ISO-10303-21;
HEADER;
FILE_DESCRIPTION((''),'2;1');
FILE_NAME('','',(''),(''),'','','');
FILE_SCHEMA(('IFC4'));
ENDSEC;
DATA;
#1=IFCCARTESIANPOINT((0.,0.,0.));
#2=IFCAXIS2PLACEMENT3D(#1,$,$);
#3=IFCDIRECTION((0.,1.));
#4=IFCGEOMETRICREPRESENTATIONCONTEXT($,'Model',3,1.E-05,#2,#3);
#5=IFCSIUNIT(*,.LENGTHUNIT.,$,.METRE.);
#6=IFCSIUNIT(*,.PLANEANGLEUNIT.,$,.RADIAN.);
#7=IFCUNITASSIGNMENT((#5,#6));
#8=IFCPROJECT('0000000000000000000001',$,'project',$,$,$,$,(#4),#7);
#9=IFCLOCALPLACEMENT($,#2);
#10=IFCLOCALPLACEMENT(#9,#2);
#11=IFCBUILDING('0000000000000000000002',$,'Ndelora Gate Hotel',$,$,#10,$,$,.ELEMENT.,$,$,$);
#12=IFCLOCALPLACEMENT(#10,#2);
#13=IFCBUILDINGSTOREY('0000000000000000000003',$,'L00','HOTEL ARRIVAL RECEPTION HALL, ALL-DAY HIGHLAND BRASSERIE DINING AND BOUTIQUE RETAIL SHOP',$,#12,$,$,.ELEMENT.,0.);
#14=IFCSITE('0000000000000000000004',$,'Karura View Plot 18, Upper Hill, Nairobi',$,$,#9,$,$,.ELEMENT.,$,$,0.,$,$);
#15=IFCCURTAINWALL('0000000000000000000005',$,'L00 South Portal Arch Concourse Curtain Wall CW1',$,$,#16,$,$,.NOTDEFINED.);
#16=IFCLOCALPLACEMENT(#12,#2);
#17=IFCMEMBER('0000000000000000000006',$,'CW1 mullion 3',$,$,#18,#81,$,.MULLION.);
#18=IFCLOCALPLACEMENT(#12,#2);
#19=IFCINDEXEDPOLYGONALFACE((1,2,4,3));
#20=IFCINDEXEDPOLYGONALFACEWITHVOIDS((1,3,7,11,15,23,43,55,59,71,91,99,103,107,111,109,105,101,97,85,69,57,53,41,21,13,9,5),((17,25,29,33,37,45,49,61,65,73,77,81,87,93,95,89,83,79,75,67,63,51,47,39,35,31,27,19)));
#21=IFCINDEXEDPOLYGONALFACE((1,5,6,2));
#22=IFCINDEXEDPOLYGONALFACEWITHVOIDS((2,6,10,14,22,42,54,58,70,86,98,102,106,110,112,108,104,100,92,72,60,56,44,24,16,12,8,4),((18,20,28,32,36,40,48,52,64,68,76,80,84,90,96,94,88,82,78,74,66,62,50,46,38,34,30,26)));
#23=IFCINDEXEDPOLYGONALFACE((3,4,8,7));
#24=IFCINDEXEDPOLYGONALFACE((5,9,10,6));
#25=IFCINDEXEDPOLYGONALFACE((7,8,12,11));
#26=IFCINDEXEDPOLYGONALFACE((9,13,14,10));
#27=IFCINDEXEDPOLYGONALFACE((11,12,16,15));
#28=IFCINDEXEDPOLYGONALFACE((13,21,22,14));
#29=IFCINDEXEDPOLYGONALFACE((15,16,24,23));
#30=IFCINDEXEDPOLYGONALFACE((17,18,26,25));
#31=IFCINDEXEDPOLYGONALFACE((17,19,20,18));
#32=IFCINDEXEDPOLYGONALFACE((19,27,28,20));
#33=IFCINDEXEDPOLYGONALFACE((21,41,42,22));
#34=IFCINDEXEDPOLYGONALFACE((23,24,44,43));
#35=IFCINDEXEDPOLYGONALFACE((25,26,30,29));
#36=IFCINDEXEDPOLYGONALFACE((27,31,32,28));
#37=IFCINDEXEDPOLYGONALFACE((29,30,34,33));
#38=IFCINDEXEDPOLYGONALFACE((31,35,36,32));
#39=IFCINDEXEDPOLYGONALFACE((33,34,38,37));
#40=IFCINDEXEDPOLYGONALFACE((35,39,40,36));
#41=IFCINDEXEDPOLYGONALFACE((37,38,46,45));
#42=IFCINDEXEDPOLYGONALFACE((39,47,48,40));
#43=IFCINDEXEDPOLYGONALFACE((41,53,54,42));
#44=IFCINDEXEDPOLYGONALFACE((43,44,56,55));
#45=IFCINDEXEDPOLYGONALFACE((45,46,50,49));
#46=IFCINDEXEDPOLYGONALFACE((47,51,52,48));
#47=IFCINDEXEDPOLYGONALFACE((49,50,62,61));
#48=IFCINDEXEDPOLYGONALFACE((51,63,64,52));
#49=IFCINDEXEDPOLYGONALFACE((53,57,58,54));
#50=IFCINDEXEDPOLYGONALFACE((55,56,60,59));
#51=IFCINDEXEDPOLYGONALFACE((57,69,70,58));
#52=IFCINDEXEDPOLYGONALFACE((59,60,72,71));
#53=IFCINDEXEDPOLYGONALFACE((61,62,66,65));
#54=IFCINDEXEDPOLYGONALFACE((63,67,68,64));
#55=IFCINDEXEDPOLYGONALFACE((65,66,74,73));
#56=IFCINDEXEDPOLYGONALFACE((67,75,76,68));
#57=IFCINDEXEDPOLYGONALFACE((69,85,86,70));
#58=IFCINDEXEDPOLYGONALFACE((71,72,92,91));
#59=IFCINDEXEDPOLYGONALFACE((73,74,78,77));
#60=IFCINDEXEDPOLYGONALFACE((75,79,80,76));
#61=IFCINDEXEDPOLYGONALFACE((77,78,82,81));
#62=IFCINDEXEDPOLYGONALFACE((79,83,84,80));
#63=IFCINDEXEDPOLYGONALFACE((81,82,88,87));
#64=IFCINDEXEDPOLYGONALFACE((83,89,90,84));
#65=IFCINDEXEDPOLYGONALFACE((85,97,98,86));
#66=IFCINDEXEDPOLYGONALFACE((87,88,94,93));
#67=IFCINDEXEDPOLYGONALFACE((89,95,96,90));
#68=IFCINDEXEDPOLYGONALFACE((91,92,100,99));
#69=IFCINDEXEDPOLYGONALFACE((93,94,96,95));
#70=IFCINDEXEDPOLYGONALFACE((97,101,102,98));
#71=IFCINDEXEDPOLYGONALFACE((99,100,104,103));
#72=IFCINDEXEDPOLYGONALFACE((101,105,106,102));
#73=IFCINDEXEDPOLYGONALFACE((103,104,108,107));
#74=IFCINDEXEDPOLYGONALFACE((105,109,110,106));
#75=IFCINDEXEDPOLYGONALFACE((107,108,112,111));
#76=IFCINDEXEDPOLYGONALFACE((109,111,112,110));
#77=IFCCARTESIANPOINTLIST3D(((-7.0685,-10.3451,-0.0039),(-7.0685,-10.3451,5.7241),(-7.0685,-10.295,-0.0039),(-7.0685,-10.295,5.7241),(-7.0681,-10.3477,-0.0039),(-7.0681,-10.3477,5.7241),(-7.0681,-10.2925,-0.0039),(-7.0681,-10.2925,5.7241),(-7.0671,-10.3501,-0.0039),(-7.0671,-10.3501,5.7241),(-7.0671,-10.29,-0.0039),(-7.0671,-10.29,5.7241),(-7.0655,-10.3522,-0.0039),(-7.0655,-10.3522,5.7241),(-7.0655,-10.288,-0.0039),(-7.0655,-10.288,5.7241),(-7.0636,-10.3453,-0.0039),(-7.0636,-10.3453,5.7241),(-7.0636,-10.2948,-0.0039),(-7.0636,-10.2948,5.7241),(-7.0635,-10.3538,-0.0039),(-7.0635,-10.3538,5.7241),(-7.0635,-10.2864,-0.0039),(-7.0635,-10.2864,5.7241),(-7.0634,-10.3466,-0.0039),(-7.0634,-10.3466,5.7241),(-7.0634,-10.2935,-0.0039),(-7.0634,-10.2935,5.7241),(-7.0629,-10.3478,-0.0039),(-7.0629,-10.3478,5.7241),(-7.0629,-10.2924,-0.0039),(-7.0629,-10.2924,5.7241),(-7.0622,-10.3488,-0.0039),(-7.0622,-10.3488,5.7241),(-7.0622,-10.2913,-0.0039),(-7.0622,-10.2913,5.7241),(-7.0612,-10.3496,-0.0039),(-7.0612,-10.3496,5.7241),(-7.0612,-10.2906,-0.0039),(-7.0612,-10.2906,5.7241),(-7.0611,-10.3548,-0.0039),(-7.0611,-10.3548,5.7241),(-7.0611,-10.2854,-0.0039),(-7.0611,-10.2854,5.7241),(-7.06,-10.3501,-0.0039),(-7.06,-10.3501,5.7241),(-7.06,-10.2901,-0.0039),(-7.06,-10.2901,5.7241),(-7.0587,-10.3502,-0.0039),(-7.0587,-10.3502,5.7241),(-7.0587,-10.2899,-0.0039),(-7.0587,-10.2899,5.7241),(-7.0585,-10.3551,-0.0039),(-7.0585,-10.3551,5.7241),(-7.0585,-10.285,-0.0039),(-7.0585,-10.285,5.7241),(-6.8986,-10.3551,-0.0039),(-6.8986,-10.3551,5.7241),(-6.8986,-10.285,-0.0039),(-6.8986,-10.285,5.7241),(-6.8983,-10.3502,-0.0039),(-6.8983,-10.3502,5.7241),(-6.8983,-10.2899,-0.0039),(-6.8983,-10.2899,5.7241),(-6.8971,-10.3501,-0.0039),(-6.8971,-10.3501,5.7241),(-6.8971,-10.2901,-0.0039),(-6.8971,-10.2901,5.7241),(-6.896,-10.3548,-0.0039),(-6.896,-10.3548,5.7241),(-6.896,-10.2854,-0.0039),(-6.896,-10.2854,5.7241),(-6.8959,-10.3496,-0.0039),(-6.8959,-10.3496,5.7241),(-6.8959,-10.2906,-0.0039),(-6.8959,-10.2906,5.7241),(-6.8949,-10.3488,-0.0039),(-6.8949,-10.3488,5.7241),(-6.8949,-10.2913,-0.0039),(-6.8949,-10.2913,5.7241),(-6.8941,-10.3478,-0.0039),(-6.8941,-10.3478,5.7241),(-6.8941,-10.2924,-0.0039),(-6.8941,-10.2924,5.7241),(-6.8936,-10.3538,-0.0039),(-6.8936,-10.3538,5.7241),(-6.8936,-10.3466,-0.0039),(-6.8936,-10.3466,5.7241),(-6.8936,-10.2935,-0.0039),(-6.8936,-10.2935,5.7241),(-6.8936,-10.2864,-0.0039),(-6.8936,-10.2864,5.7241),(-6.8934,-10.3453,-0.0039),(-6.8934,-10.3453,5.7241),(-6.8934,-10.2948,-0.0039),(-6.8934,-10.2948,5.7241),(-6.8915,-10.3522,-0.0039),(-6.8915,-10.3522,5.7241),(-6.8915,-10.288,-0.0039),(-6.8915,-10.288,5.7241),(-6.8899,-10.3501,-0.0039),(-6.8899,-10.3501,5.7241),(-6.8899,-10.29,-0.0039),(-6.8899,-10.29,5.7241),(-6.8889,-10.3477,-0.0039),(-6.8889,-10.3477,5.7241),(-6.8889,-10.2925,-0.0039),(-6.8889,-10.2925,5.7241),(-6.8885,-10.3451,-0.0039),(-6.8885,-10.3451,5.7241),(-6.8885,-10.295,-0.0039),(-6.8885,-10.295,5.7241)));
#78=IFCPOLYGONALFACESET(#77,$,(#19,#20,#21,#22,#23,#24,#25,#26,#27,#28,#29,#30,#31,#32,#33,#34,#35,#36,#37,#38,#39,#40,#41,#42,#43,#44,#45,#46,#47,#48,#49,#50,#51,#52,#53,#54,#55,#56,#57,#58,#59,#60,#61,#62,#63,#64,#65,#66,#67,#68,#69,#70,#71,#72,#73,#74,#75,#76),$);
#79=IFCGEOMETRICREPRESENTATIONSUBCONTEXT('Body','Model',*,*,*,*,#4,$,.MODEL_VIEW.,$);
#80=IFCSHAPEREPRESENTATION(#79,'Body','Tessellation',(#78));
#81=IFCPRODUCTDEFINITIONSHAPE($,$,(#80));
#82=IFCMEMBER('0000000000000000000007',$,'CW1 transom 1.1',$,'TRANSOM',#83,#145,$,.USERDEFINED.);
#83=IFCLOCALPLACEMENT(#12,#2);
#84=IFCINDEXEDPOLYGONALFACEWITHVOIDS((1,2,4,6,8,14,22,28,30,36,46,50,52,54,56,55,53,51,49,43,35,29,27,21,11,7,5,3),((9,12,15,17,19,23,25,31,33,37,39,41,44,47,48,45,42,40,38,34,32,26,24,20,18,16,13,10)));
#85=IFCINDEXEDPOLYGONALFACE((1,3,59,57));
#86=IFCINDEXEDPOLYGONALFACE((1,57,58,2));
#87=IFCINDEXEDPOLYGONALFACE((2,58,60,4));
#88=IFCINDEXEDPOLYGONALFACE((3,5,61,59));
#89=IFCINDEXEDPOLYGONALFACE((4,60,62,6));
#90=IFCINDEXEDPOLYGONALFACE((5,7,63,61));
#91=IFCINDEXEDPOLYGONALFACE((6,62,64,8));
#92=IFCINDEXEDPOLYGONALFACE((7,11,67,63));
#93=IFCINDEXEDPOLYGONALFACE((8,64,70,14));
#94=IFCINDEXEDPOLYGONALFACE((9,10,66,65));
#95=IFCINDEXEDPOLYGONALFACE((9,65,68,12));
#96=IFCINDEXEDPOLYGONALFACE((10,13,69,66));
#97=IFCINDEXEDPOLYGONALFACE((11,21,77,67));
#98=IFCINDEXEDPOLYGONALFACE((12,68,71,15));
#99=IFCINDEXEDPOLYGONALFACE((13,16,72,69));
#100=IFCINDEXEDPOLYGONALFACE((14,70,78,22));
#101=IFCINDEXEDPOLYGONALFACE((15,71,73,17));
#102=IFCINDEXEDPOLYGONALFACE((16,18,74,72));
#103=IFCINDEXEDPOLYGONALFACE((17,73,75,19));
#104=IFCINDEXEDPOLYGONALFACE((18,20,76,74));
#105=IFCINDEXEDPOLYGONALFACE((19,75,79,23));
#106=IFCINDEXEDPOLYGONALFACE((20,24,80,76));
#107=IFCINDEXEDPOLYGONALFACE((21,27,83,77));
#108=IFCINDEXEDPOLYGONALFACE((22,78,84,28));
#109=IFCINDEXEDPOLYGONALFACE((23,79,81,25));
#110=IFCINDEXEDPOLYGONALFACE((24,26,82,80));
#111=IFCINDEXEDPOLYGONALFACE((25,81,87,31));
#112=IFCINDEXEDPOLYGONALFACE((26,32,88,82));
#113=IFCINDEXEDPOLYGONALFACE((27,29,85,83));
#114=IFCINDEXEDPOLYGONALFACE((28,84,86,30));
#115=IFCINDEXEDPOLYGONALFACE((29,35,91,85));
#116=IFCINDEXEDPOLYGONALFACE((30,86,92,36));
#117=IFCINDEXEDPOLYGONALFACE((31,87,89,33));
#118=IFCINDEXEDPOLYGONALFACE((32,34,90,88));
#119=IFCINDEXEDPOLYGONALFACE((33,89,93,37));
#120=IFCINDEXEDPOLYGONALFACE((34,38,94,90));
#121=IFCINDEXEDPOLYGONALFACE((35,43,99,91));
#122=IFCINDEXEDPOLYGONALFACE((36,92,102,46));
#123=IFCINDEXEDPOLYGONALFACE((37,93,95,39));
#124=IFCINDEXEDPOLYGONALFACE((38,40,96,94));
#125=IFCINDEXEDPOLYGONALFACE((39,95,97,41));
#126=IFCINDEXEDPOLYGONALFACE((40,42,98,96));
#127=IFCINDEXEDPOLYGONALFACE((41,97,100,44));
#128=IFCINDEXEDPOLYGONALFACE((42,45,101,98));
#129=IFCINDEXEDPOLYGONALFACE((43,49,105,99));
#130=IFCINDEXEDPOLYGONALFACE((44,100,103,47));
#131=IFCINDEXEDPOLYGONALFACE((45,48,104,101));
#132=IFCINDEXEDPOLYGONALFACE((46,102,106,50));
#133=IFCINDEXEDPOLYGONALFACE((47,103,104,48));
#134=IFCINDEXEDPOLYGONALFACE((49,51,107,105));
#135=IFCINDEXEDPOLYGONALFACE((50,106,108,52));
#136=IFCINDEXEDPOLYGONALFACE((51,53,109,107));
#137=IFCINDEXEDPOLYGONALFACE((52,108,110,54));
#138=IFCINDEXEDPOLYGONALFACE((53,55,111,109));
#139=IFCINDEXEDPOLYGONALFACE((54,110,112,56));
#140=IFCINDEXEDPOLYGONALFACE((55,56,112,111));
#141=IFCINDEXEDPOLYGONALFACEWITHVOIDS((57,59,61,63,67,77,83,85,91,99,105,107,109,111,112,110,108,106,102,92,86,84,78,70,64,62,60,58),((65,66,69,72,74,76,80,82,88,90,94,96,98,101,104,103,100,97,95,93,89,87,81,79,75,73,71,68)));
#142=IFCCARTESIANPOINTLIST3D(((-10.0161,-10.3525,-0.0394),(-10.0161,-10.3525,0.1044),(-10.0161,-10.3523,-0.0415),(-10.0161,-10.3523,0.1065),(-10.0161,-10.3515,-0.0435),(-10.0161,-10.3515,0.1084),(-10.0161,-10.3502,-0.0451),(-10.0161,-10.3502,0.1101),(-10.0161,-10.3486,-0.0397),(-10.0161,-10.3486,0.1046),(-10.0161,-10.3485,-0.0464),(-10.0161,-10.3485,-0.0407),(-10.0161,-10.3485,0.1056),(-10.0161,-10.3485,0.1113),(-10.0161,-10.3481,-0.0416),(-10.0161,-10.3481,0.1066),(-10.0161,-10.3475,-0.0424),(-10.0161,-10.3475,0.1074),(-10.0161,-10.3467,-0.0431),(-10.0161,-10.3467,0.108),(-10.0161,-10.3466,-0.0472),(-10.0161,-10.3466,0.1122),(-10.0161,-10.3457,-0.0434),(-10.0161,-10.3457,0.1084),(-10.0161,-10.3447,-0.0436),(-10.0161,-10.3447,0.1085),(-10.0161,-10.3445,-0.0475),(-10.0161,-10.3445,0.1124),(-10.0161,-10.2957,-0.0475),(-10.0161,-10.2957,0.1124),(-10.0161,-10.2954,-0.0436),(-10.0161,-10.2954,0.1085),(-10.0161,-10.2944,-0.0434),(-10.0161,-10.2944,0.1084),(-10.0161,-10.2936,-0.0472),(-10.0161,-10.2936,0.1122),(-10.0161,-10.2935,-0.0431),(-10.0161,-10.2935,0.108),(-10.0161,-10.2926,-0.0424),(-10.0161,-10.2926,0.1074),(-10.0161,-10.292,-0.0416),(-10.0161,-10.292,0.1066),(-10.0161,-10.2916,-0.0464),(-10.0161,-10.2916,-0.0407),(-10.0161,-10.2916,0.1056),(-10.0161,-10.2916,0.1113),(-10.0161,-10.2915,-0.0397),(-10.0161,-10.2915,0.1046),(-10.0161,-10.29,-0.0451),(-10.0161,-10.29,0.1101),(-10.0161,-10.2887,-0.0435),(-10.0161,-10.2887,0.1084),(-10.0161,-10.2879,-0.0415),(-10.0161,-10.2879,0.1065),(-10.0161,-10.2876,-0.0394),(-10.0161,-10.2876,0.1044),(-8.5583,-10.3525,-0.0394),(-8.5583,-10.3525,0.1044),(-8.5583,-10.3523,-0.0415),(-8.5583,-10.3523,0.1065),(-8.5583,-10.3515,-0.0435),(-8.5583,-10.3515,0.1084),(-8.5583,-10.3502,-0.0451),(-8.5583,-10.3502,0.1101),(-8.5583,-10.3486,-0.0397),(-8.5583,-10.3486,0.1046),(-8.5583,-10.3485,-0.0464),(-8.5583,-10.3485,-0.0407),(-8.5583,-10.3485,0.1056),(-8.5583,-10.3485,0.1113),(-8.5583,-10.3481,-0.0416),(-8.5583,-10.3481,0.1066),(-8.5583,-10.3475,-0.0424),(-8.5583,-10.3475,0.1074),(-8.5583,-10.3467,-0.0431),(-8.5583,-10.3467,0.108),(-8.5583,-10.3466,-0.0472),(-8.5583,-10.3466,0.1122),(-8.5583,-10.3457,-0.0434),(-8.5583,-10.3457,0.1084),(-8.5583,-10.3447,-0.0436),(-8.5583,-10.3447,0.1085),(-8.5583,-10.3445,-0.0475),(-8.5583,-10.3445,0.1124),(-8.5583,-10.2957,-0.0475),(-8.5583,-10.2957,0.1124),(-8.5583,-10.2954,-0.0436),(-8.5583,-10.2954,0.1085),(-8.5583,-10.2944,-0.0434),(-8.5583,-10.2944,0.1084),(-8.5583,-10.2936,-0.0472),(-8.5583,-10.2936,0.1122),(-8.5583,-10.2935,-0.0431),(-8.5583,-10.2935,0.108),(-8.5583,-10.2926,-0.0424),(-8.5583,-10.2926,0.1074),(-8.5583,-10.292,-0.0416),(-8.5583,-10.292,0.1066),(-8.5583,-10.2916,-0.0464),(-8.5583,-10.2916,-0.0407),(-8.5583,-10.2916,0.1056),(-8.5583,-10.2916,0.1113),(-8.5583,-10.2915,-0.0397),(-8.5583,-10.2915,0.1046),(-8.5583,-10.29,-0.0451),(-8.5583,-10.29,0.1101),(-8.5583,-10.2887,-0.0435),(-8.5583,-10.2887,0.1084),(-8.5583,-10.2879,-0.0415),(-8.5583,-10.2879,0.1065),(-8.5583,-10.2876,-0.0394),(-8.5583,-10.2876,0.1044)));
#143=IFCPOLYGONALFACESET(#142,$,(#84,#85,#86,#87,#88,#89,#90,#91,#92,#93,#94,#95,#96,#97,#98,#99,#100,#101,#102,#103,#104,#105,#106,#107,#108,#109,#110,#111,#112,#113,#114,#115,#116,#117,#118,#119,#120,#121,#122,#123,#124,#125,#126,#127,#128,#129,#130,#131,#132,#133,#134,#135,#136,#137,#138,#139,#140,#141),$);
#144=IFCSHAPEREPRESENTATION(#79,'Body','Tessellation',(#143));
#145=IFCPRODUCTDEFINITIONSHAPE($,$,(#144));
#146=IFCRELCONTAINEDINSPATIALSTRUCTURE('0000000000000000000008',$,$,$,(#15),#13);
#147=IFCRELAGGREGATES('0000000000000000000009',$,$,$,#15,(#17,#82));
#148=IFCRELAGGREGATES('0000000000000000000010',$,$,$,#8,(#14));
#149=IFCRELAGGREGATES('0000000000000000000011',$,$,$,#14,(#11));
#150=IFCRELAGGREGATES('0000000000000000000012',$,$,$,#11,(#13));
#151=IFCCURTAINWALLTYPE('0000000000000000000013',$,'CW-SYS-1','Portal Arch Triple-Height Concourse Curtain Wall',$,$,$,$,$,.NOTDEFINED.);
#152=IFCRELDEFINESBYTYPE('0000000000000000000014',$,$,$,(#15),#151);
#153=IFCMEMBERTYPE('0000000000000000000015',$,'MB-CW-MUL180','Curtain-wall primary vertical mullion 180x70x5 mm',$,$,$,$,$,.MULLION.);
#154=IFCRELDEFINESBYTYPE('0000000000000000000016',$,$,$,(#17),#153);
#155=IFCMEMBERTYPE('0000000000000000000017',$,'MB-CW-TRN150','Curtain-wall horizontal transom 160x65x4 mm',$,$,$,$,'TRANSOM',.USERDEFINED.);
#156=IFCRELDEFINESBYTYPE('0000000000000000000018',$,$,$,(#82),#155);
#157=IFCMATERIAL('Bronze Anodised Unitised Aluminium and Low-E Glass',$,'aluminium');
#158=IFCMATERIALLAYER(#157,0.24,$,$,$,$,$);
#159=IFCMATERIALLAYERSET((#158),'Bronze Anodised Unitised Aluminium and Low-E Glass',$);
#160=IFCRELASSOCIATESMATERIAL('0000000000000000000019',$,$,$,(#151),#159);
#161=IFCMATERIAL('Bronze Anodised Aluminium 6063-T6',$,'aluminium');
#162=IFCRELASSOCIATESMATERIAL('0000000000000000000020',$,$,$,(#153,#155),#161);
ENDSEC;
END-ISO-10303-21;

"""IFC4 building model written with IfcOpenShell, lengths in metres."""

from ifc_helpers import new_model, si_unit, direction, frame, origin, origin_2d, place, context, subcontext, project, spatial, hollow_rectangle, extrude, material, layer, layer_set, material_profile, profile_set, type_object, element, aggregate, save


model = new_model("IFC4")

# Units and contexts
model_context = context("Model", 3, precision=1e-05, world=origin(), true_north=direction((0.0, 1.0)))
body_context = subcontext(model_context, "Body", "Model", "MODEL_VIEW")
ifc_project = project(units=[si_unit("LENGTHUNIT", "METRE"), si_unit("PLANEANGLEUNIT", "RADIAN")], contexts=[model_context])

# Site, building, storey
site_placement = place(None, origin())
site = spatial("IfcSite", under=ifc_project, at=site_placement, Name="Karura View Plot 18, Upper Hill, Nairobi", CompositionType="ELEMENT", RefElevation=0.0)
building_placement = place(site_placement, origin())
building = spatial("IfcBuilding", under=site, at=building_placement, Name="Ndelora Gate Hotel", CompositionType="ELEMENT")
storey_placement = place(building_placement, origin())
storey = spatial("IfcBuildingStorey", under=building, at=storey_placement, Name="L00", Description="HOTEL ARRIVAL RECEPTION HALL, ALL-DAY HIGHLAND BRASSERIE DINING AND BOUTIQUE RETAIL SHOP", CompositionType="ELEMENT", Elevation=0.0)

# Curtain wall, members
ifc_material_1 = material(Name="Bronze Anodised Unitised Aluminium and Low-E Glass", Category="aluminium")
ifc_layer_1 = layer(ifc_material_1, 0.24)
ifc_layer_set_1 = layer_set([ifc_layer_1], Name="Bronze Anodised Unitised Aluminium and Low-E Glass")
curtain_wall_type = type_object("IfcCurtainWallType", Name="CW-SYS-1", Description="Portal Arch Triple-Height Concourse Curtain Wall", PredefinedType="NOTDEFINED", material=ifc_layer_set_1)
curtain_wall_placement = place(storey_placement, origin())
curtain_wall = element("IfcCurtainWall", 1, at=curtain_wall_placement, inside=storey, type_object=curtain_wall_type, Name="L00 South Portal Arch Concourse Curtain Wall CW1", PredefinedType="NOTDEFINED")
ifc_material_2 = material(Name="Bronze Anodised Aluminium 6063-T6", Category="aluminium")
ifc_material_profile_1 = material_profile(ifc_material_2, hollow_rectangle(XDim=0.0701, YDim=0.1799, WallThickness=0.0049, InnerFilletRadius=0.0049, OuterFilletRadius=0.01, at=origin_2d()), Name="ALU 180x70x5")
ifc_profile_set_1 = profile_set([ifc_material_profile_1], Name="Bronze Anodised Aluminium 6063-T6")
member_type_1 = type_object("IfcMemberType", Name="MB-CW-MUL180", Description="Curtain-wall primary vertical mullion 180x70x5 mm", PredefinedType="MULLION", material=ifc_profile_set_1)
member_1_placement = place(storey_placement, frame((-6.9785, -10.3201, -0.0039), z_axis=(0.0, 0.0, 1.0), x_axis=(0.0, 1.0, 0.0)))
member_1 = element("IfcMember", 2, at=member_1_placement, type_object=member_type_1, Name="CW1 mullion 3", PredefinedType="MULLION", context=body_context, shape_type="SweptSolid", body=[
    extrude(hollow_rectangle(XDim=0.0701, YDim=0.1799, WallThickness=0.0049, InnerFilletRadius=0.0049, OuterFilletRadius=0.01, at=origin_2d()), origin(), (0.0, 0.0, 1.0), 5.728),
])
ifc_material_profile_2 = material_profile(ifc_material_2, hollow_rectangle(XDim=0.0649, YDim=0.1599, WallThickness=0.0039, InnerFilletRadius=0.0039, OuterFilletRadius=0.0081, at=origin_2d()), Name="ALU 160x65x4")
ifc_profile_set_2 = profile_set([ifc_material_profile_2], Name="Bronze Anodised Aluminium 6063-T6")
member_type_2 = type_object("IfcMemberType", Name="MB-CW-TRN150", Description="Curtain-wall horizontal transom 160x65x4 mm", ElementType="TRANSOM", PredefinedType="USERDEFINED", material=ifc_profile_set_2)
member_2_placement = place(storey_placement, frame((-10.0161, -10.3201, 0.0325), z_axis=(1.0, 0.0, 0.0), x_axis=(0.0, 1.0, 0.0)))
member_2 = element("IfcMember", 3, at=member_2_placement, type_object=member_type_2, Name="CW1 transom 1.1", ObjectType="TRANSOM", PredefinedType="USERDEFINED", context=body_context, shape_type="SweptSolid", body=[
    extrude(hollow_rectangle(XDim=0.0649, YDim=0.1599, WallThickness=0.0039, InnerFilletRadius=0.0039, OuterFilletRadius=0.0081, at=origin_2d()), origin(), (0.0, 0.0, 1.0), 1.4578),
])
aggregate(curtain_wall, [member_1, member_2])

save(model, "model.ifc")
